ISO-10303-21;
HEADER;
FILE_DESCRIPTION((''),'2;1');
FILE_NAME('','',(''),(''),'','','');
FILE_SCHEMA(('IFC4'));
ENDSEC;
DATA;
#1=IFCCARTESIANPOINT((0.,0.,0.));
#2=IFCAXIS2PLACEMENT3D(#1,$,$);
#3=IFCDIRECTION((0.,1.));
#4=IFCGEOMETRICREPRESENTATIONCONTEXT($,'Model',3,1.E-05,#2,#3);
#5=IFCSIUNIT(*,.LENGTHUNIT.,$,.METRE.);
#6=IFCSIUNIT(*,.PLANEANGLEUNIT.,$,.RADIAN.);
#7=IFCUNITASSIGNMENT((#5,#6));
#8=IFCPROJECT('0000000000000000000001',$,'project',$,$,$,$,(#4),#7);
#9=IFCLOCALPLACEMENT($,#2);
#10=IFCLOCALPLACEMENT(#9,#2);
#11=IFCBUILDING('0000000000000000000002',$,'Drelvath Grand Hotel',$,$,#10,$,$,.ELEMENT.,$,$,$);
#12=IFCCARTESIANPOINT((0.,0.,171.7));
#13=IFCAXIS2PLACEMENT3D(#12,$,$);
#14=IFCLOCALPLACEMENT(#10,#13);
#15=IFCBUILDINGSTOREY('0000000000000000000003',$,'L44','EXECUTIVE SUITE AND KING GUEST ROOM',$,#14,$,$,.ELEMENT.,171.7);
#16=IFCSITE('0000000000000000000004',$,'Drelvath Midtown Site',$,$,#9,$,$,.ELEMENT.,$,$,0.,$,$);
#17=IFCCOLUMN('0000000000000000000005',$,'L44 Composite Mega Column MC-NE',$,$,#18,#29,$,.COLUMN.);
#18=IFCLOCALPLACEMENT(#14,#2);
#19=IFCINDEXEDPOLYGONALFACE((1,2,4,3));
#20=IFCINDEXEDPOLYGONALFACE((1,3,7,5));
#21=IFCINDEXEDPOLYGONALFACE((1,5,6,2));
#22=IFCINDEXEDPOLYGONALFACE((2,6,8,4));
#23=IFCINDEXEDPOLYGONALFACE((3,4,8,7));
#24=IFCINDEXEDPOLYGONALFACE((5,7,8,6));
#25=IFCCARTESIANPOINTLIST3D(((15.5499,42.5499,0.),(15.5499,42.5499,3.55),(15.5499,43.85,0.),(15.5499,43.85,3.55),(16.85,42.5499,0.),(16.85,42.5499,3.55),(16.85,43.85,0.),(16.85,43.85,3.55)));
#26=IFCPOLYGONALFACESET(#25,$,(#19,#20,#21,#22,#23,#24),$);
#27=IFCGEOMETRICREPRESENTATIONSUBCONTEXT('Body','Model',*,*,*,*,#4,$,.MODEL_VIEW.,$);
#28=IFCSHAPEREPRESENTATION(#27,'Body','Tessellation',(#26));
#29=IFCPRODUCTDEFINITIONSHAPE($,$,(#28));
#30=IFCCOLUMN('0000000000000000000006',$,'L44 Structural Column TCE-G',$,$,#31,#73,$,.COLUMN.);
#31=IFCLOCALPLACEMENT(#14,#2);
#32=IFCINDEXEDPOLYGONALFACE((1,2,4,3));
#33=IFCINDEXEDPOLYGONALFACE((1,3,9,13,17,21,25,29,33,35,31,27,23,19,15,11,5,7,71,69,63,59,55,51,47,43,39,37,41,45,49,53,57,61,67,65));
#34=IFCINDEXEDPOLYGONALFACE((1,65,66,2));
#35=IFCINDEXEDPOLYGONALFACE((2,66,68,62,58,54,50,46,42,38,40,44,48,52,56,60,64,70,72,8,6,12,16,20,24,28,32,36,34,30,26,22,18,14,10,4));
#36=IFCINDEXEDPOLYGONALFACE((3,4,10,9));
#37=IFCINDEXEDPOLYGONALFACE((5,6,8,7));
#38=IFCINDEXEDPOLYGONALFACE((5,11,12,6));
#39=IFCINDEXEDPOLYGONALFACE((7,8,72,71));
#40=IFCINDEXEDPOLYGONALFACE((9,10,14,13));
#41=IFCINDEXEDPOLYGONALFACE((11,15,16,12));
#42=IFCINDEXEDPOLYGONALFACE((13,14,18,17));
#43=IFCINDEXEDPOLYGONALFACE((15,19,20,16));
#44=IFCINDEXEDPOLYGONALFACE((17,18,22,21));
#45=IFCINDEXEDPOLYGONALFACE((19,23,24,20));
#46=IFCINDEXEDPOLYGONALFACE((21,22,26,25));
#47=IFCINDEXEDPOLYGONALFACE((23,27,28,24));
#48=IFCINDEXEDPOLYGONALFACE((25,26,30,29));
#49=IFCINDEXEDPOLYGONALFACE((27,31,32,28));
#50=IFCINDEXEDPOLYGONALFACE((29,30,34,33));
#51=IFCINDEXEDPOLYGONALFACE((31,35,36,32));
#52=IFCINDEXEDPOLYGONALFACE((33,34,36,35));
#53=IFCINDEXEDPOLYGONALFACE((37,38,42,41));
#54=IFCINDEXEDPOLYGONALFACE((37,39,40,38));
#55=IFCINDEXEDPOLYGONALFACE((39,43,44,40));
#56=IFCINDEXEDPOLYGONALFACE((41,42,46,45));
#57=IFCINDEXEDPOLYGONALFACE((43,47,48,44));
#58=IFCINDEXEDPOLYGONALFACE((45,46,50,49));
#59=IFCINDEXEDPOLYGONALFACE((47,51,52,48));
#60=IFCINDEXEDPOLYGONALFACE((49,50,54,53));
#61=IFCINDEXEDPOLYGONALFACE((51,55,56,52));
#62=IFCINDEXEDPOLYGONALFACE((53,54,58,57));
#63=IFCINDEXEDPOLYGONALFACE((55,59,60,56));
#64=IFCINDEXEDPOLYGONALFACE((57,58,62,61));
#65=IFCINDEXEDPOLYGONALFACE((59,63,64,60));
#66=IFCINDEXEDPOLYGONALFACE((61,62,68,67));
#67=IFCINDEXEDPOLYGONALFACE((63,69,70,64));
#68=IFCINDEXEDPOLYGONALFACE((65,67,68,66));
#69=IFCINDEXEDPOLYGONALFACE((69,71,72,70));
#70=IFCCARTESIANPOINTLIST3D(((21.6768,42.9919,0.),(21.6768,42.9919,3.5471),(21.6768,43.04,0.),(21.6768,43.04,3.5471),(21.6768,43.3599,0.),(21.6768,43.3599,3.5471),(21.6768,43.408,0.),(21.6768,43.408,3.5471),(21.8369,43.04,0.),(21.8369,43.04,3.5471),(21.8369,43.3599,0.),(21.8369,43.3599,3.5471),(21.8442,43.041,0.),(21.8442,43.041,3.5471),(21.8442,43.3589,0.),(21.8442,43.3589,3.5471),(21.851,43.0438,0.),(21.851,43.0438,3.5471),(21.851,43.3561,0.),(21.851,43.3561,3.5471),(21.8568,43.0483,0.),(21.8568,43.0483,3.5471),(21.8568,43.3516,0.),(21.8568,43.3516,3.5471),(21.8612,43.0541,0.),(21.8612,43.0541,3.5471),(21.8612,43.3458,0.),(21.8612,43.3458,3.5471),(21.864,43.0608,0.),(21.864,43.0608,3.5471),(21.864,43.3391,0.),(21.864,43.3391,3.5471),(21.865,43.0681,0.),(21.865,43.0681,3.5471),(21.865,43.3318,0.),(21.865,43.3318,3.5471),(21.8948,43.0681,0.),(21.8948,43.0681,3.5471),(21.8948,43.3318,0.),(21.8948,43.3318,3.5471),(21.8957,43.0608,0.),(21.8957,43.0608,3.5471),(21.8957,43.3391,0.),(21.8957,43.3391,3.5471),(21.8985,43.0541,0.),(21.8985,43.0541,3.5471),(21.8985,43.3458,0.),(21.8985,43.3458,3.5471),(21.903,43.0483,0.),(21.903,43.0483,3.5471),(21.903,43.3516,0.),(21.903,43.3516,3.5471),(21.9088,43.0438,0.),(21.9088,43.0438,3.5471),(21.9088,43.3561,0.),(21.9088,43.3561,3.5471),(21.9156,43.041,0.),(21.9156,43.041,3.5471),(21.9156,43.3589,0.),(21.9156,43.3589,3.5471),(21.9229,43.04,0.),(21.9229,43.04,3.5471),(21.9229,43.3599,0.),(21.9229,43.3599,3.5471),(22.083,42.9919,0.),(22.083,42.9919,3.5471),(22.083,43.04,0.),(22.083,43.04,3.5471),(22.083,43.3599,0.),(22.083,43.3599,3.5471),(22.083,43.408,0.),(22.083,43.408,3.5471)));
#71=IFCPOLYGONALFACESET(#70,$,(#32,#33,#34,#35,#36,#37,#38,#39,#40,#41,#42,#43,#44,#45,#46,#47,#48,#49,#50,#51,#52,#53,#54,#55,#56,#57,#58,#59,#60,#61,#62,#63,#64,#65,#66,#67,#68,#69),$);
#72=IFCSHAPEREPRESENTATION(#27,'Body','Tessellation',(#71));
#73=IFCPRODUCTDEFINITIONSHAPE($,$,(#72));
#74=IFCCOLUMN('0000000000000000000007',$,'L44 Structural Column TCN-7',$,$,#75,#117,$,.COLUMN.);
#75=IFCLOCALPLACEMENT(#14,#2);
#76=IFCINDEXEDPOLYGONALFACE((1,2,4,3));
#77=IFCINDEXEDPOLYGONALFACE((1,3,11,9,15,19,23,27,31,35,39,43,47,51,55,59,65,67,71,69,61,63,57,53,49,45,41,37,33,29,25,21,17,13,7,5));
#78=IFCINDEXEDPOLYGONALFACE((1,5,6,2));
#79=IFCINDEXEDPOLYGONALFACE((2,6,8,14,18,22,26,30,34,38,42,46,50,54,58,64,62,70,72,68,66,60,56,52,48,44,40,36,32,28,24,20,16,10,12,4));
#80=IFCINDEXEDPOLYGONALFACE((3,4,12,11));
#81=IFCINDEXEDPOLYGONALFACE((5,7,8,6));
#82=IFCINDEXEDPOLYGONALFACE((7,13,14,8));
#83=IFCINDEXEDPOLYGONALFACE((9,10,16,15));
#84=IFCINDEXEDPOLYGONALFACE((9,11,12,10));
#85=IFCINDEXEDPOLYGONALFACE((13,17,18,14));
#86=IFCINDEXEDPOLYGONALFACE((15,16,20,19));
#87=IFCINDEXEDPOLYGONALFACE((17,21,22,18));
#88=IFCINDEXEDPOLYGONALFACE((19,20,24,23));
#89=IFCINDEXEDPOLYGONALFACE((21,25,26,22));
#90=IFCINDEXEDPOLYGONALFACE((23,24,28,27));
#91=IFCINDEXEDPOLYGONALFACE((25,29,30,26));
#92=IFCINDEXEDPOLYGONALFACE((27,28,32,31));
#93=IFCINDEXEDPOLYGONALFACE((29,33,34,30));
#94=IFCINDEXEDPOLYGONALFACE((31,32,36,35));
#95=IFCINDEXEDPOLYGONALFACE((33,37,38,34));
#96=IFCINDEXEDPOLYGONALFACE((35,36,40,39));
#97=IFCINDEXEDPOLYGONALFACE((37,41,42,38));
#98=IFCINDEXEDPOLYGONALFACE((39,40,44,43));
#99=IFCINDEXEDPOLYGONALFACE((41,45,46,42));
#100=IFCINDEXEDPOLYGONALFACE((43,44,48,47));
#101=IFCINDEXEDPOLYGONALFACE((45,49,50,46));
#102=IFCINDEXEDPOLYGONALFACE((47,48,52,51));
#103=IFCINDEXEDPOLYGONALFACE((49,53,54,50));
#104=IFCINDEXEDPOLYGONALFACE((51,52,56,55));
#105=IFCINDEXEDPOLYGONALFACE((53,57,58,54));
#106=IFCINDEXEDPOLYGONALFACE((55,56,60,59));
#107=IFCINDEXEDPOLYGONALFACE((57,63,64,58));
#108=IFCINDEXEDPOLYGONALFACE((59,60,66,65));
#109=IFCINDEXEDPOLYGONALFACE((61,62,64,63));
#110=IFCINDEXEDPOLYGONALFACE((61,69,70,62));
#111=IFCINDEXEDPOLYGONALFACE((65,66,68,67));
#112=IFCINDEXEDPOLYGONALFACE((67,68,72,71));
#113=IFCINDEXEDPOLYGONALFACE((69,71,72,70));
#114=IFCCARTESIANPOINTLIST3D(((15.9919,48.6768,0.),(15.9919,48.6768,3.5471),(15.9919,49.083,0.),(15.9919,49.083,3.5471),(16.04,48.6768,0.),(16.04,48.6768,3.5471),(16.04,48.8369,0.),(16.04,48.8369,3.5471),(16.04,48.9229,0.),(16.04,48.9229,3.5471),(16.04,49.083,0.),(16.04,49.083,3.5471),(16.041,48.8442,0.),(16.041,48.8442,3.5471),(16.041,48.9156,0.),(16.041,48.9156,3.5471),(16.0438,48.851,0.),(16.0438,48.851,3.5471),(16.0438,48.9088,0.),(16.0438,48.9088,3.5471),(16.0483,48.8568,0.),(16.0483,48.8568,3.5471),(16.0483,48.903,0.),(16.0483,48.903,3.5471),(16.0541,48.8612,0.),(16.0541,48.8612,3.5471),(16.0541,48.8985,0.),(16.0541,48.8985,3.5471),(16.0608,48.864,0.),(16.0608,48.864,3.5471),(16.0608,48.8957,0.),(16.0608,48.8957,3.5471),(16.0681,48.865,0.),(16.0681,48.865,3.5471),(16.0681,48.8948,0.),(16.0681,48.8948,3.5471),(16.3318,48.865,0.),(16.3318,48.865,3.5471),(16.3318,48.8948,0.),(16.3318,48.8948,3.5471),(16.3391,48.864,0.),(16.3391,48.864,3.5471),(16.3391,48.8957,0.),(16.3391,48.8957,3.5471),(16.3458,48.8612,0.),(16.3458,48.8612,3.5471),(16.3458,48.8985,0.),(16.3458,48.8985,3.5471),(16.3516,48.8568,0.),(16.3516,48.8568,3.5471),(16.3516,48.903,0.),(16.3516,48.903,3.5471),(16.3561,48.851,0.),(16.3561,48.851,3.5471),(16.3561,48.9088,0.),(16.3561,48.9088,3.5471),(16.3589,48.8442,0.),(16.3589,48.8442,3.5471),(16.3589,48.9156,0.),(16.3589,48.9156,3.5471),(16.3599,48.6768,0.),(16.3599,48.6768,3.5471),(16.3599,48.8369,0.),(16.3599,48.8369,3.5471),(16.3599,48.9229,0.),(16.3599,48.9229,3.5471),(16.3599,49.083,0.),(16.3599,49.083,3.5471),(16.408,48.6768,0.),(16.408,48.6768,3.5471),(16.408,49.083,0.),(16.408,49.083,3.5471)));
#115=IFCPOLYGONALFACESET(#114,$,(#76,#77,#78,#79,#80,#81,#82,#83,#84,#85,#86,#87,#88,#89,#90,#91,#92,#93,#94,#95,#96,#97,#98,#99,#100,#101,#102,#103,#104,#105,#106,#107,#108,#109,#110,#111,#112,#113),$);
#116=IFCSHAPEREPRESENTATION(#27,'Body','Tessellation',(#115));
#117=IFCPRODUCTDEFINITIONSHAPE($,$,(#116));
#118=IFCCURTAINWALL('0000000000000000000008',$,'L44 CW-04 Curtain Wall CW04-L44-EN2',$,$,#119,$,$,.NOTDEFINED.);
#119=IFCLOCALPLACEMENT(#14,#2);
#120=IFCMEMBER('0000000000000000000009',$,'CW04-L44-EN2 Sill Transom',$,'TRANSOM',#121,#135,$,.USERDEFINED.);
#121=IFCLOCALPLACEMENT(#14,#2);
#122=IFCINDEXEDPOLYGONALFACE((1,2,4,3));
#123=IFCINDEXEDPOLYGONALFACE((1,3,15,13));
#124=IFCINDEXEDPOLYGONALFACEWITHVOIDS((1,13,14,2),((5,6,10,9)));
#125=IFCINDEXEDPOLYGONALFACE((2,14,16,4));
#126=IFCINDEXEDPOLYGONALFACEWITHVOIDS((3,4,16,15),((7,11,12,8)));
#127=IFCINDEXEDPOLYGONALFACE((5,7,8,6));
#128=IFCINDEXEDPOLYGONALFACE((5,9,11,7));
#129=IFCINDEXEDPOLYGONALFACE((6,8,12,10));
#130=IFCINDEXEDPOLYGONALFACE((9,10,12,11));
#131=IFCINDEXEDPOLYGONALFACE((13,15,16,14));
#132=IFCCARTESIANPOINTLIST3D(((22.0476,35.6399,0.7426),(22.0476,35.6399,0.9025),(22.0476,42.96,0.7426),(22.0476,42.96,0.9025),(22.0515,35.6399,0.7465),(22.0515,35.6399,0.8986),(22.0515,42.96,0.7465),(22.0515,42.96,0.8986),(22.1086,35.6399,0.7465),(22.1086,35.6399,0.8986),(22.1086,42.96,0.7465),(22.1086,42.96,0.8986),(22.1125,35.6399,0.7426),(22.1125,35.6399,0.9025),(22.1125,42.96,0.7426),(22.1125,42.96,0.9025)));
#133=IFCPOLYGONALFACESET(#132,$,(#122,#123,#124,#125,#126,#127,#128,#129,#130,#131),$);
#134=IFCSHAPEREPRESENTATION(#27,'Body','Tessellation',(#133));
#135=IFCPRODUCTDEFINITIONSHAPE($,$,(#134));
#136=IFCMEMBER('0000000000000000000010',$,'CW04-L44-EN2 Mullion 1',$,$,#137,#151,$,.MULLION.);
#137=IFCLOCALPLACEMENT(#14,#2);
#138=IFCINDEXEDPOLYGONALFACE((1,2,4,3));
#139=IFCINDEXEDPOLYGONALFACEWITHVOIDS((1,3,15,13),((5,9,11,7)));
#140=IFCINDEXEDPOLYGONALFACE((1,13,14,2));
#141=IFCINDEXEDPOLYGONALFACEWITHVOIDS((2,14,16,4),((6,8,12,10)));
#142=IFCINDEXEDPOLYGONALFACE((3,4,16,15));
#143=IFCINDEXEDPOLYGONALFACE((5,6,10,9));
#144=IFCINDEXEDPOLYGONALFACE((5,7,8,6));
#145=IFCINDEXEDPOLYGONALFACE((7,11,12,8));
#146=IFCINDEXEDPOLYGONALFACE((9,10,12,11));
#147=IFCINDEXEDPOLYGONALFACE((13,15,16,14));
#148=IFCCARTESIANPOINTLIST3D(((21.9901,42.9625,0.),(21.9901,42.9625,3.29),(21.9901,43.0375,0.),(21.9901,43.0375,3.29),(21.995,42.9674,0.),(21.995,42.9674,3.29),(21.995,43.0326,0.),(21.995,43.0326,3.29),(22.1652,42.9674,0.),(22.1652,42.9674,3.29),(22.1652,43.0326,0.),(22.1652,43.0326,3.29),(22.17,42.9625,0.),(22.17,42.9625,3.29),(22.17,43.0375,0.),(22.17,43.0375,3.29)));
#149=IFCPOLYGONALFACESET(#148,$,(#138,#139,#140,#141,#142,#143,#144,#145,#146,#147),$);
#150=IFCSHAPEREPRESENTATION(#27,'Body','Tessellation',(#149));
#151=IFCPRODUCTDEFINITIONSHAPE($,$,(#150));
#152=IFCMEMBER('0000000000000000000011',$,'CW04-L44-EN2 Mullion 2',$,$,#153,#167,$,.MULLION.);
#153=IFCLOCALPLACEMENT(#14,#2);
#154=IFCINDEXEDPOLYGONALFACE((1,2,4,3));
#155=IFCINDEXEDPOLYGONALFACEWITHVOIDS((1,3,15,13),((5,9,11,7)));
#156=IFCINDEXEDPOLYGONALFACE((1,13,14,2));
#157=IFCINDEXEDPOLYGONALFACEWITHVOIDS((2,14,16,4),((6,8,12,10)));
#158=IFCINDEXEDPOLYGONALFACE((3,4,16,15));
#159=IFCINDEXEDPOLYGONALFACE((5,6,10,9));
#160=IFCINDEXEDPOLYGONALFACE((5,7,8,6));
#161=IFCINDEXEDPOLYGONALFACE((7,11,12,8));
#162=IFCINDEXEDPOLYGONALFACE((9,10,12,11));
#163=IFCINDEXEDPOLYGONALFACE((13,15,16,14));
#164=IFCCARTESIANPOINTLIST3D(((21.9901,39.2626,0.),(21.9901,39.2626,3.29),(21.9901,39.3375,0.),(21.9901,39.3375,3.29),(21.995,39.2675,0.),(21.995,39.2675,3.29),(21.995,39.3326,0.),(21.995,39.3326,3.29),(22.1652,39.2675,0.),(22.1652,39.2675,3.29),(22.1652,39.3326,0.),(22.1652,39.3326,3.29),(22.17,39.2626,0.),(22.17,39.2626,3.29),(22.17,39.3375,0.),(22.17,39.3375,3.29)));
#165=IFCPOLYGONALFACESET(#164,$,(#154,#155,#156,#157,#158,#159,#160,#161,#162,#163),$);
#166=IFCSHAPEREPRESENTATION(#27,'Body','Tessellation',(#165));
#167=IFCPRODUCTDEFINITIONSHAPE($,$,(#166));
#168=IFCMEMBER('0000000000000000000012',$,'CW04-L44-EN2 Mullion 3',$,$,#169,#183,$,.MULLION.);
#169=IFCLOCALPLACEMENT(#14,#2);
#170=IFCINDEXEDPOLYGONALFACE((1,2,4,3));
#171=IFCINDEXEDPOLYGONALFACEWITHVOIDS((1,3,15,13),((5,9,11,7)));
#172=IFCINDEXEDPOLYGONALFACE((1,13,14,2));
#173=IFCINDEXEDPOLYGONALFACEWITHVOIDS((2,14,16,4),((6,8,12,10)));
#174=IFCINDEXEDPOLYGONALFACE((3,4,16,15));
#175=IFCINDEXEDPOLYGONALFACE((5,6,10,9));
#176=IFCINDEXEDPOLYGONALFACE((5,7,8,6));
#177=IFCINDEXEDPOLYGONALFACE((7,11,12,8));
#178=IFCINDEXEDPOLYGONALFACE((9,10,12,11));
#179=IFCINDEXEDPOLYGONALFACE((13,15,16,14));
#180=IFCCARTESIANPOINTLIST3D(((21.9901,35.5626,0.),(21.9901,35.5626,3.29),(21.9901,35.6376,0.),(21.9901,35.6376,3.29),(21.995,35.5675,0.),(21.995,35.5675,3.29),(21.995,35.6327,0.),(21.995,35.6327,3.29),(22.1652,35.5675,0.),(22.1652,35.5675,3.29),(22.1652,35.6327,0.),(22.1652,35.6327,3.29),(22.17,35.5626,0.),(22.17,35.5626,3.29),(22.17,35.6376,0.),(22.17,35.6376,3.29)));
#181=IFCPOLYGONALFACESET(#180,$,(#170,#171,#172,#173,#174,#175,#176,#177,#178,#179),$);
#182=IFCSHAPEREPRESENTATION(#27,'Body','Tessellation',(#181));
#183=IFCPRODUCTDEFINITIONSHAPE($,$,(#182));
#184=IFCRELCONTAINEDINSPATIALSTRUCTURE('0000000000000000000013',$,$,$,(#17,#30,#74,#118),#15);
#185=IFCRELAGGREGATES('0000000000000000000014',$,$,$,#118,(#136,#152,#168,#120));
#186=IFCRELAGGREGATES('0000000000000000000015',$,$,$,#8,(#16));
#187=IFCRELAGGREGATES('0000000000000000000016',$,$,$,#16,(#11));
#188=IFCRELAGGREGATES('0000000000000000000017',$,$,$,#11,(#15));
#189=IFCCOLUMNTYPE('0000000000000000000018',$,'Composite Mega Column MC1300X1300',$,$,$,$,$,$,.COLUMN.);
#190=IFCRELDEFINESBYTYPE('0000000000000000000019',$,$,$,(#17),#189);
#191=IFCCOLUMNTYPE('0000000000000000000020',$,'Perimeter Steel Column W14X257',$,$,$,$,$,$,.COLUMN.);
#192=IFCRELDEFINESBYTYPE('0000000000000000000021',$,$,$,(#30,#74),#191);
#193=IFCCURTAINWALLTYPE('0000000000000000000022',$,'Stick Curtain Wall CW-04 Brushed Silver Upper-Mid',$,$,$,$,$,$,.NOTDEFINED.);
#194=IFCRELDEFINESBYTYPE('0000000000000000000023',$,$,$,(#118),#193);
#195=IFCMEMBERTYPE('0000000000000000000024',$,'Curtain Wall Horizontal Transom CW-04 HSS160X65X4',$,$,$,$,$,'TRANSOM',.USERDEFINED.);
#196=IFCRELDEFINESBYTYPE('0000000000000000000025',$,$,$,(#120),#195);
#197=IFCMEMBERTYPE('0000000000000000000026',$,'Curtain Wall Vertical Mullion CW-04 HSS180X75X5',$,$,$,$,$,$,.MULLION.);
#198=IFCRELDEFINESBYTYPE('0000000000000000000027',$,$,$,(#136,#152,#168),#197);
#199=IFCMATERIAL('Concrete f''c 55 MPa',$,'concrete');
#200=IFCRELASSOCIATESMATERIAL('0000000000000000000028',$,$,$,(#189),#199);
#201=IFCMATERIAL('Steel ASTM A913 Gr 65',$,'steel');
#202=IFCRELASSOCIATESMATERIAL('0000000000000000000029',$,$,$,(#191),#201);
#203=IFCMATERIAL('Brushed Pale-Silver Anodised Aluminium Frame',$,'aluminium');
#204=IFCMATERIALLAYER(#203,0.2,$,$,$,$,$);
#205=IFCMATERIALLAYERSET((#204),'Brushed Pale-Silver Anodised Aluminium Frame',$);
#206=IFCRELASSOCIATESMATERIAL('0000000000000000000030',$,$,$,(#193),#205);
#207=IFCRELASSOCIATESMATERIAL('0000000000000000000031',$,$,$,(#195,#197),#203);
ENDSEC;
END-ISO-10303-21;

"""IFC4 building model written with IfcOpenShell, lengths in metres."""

from ifc_helpers import new_model, si_unit, direction, frame, origin, origin_2d, place, context, subcontext, project, spatial, rectangle, hollow_rectangle, i_section, extrude, material, layer, layer_set, material_profile, profile_set, type_object, element, aggregate, save


model = new_model("IFC4")

# Units and contexts
model_context = context("Model", 3, precision=1e-05, world=origin(), true_north=direction((0.0, 1.0)))
body_context = subcontext(model_context, "Body", "Model", "MODEL_VIEW")
ifc_project = project(units=[si_unit("LENGTHUNIT", "METRE"), si_unit("PLANEANGLEUNIT", "RADIAN")], contexts=[model_context])

# Site, building, storey
site_placement = place(None, origin())
site = spatial("IfcSite", under=ifc_project, at=site_placement, Name="Drelvath Midtown Site", CompositionType="ELEMENT", RefElevation=0.0)
building_placement = place(site_placement, origin())
building = spatial("IfcBuilding", under=site, at=building_placement, Name="Drelvath Grand Hotel", CompositionType="ELEMENT")
storey_placement = place(building_placement, frame((0.0, 0.0, 171.7)))
storey = spatial("IfcBuildingStorey", under=building, at=storey_placement, Name="L44", Description="EXECUTIVE SUITE AND KING GUEST ROOM", CompositionType="ELEMENT", Elevation=171.7)

# Columns
ifc_material_1 = material(Name="Concrete f'c 55 MPa", Category="concrete")
ifc_material_profile_1 = material_profile(ifc_material_1, rectangle(XDim=1.3, YDim=1.3, at=origin_2d()), Name="MC1300X1300")
ifc_profile_set_1 = profile_set([ifc_material_profile_1], Name="Concrete f'c 55 MPa")
column_type_1 = type_object("IfcColumnType", Name="Composite Mega Column MC1300X1300", PredefinedType="COLUMN", material=ifc_profile_set_1)
column_placement = place(storey_placement, frame((16.2, 43.2, 0.0), z_axis=(0.0, 0.0, 1.0), x_axis=(1.0, 0.0, 0.0)))
element("IfcColumn", 1, at=column_placement, inside=storey, type_object=column_type_1, Name="L44 Composite Mega Column MC-NE", PredefinedType="COLUMN", context=body_context, shape_type="SweptSolid", body=[
    extrude(rectangle(XDim=1.3, YDim=1.3, at=origin_2d()), origin(), (0.0, 0.0, 1.0), 3.55),
])
ifc_material_2 = material(Name="Steel ASTM A913 Gr 65", Category="steel")
ifc_material_profile_2 = material_profile(ifc_material_2, i_section(OverallWidth=0.4062, OverallDepth=0.416, WebThickness=0.0298, FlangeThickness=0.0481, FilletRadius=0.0281, at=origin_2d()), Name="W14X257")
ifc_profile_set_2 = profile_set([ifc_material_profile_2], Name="Steel ASTM A913 Gr 65")
column_type_2 = type_object("IfcColumnType", Name="Perimeter Steel Column W14X257", PredefinedType="COLUMN", material=ifc_profile_set_2)
for number, where, z_axis, x_axis, name in (
    (2, (21.8799, 43.2, 0.0), (0.0, 0.0, 1.0), (1.0, 0.0, 0.0), "L44 Structural Column TCE-G"),
    (3, (16.2, 48.8799, 0.0), (0.0, 0.0, 1.0), (0.0, 1.0, 0.0), "L44 Structural Column TCN-7"),
):
    element("IfcColumn", number, at=place(storey_placement, frame(where, z_axis=z_axis, x_axis=x_axis)), inside=storey, type_object=column_type_2, Name=name, PredefinedType="COLUMN", context=body_context, shape_type="SweptSolid", body=[
        extrude(i_section(OverallWidth=0.4062, OverallDepth=0.416, WebThickness=0.0298, FlangeThickness=0.0481, FilletRadius=0.0281, at=origin_2d()), origin(), (0.0, 0.0, 1.0), 3.5471),
    ])

# Curtain wall, members
ifc_material_3 = material(Name="Brushed Pale-Silver Anodised Aluminium Frame", Category="aluminium")
ifc_layer_1 = layer(ifc_material_3, 0.2)
ifc_layer_set_1 = layer_set([ifc_layer_1], Name="Brushed Pale-Silver Anodised Aluminium Frame")
curtain_wall_type = type_object("IfcCurtainWallType", Name="Stick Curtain Wall CW-04 Brushed Silver Upper-Mid", PredefinedType="NOTDEFINED", material=ifc_layer_set_1)
curtain_wall_placement = place(storey_placement, origin())
curtain_wall = element("IfcCurtainWall", 4, at=curtain_wall_placement, inside=storey, type_object=curtain_wall_type, Name="L44 CW-04 Curtain Wall CW04-L44-EN2", PredefinedType="NOTDEFINED")
ifc_material_profile_3 = material_profile(ifc_material_3, hollow_rectangle(XDim=0.0649, YDim=0.1599, WallThickness=0.0039, at=origin_2d()), Name="HSS160X65X4")
ifc_profile_set_3 = profile_set([ifc_material_profile_3], Name="Brushed Pale-Silver Anodised Aluminium Frame")
member_type_1 = type_object("IfcMemberType", Name="Curtain Wall Horizontal Transom CW-04 HSS160X65X4", ElementType="TRANSOM", PredefinedType="USERDEFINED", material=ifc_profile_set_3)
member_1_placement = place(storey_placement, frame((22.0801, 42.96, 0.8225), z_axis=(0.0, -1.0, 0.0), x_axis=(1.0, 0.0, 0.0)))
member_1 = element("IfcMember", 5, at=member_1_placement, type_object=member_type_1, Name="CW04-L44-EN2 Sill Transom", ObjectType="TRANSOM", PredefinedType="USERDEFINED", context=body_context, shape_type="SweptSolid", body=[
    extrude(hollow_rectangle(XDim=0.0649, YDim=0.1599, WallThickness=0.0039, at=origin_2d()), origin(), (0.0, 0.0, 1.0), 7.3201),
])
ifc_material_profile_4 = material_profile(ifc_material_3, hollow_rectangle(XDim=0.075, YDim=0.1799, WallThickness=0.0049, at=origin_2d()), Name="HSS180X75X5")
ifc_profile_set_4 = profile_set([ifc_material_profile_4], Name="Brushed Pale-Silver Anodised Aluminium Frame")
member_type_2 = type_object("IfcMemberType", Name="Curtain Wall Vertical Mullion CW-04 HSS180X75X5", PredefinedType="MULLION", material=ifc_profile_set_4)
member_2_placement = place(storey_placement, frame((22.0801, 43.0, 0.0), z_axis=(0.0, 0.0, 1.0), x_axis=(0.0, 1.0, 0.0)))
member_2 = element("IfcMember", 6, at=member_2_placement, type_object=member_type_2, Name="CW04-L44-EN2 Mullion 1", PredefinedType="MULLION", context=body_context, shape_type="SweptSolid", body=[
    extrude(hollow_rectangle(XDim=0.075, YDim=0.1799, WallThickness=0.0049, at=origin_2d()), origin(), (0.0, 0.0, 1.0), 3.29),
])
member_3_placement = place(storey_placement, frame((22.0801, 39.3, 0.0), z_axis=(0.0, 0.0, 1.0), x_axis=(0.0, 1.0, 0.0)))
member_3 = element("IfcMember", 7, at=member_3_placement, type_object=member_type_2, Name="CW04-L44-EN2 Mullion 2", PredefinedType="MULLION", context=body_context, shape_type="SweptSolid", body=[
    extrude(hollow_rectangle(XDim=0.075, YDim=0.1799, WallThickness=0.0049, at=origin_2d()), origin(), (0.0, 0.0, 1.0), 3.29),
])
member_4_placement = place(storey_placement, frame((22.0801, 35.6001, 0.0), z_axis=(0.0, 0.0, 1.0), x_axis=(0.0, 1.0, 0.0)))
member_4 = element("IfcMember", 8, at=member_4_placement, type_object=member_type_2, Name="CW04-L44-EN2 Mullion 3", PredefinedType="MULLION", context=body_context, shape_type="SweptSolid", body=[
    extrude(hollow_rectangle(XDim=0.075, YDim=0.1799, WallThickness=0.0049, at=origin_2d()), origin(), (0.0, 0.0, 1.0), 3.29),
])

aggregate(curtain_wall, [member_2, member_3, member_4, member_1])

save(model, "model.ifc")
